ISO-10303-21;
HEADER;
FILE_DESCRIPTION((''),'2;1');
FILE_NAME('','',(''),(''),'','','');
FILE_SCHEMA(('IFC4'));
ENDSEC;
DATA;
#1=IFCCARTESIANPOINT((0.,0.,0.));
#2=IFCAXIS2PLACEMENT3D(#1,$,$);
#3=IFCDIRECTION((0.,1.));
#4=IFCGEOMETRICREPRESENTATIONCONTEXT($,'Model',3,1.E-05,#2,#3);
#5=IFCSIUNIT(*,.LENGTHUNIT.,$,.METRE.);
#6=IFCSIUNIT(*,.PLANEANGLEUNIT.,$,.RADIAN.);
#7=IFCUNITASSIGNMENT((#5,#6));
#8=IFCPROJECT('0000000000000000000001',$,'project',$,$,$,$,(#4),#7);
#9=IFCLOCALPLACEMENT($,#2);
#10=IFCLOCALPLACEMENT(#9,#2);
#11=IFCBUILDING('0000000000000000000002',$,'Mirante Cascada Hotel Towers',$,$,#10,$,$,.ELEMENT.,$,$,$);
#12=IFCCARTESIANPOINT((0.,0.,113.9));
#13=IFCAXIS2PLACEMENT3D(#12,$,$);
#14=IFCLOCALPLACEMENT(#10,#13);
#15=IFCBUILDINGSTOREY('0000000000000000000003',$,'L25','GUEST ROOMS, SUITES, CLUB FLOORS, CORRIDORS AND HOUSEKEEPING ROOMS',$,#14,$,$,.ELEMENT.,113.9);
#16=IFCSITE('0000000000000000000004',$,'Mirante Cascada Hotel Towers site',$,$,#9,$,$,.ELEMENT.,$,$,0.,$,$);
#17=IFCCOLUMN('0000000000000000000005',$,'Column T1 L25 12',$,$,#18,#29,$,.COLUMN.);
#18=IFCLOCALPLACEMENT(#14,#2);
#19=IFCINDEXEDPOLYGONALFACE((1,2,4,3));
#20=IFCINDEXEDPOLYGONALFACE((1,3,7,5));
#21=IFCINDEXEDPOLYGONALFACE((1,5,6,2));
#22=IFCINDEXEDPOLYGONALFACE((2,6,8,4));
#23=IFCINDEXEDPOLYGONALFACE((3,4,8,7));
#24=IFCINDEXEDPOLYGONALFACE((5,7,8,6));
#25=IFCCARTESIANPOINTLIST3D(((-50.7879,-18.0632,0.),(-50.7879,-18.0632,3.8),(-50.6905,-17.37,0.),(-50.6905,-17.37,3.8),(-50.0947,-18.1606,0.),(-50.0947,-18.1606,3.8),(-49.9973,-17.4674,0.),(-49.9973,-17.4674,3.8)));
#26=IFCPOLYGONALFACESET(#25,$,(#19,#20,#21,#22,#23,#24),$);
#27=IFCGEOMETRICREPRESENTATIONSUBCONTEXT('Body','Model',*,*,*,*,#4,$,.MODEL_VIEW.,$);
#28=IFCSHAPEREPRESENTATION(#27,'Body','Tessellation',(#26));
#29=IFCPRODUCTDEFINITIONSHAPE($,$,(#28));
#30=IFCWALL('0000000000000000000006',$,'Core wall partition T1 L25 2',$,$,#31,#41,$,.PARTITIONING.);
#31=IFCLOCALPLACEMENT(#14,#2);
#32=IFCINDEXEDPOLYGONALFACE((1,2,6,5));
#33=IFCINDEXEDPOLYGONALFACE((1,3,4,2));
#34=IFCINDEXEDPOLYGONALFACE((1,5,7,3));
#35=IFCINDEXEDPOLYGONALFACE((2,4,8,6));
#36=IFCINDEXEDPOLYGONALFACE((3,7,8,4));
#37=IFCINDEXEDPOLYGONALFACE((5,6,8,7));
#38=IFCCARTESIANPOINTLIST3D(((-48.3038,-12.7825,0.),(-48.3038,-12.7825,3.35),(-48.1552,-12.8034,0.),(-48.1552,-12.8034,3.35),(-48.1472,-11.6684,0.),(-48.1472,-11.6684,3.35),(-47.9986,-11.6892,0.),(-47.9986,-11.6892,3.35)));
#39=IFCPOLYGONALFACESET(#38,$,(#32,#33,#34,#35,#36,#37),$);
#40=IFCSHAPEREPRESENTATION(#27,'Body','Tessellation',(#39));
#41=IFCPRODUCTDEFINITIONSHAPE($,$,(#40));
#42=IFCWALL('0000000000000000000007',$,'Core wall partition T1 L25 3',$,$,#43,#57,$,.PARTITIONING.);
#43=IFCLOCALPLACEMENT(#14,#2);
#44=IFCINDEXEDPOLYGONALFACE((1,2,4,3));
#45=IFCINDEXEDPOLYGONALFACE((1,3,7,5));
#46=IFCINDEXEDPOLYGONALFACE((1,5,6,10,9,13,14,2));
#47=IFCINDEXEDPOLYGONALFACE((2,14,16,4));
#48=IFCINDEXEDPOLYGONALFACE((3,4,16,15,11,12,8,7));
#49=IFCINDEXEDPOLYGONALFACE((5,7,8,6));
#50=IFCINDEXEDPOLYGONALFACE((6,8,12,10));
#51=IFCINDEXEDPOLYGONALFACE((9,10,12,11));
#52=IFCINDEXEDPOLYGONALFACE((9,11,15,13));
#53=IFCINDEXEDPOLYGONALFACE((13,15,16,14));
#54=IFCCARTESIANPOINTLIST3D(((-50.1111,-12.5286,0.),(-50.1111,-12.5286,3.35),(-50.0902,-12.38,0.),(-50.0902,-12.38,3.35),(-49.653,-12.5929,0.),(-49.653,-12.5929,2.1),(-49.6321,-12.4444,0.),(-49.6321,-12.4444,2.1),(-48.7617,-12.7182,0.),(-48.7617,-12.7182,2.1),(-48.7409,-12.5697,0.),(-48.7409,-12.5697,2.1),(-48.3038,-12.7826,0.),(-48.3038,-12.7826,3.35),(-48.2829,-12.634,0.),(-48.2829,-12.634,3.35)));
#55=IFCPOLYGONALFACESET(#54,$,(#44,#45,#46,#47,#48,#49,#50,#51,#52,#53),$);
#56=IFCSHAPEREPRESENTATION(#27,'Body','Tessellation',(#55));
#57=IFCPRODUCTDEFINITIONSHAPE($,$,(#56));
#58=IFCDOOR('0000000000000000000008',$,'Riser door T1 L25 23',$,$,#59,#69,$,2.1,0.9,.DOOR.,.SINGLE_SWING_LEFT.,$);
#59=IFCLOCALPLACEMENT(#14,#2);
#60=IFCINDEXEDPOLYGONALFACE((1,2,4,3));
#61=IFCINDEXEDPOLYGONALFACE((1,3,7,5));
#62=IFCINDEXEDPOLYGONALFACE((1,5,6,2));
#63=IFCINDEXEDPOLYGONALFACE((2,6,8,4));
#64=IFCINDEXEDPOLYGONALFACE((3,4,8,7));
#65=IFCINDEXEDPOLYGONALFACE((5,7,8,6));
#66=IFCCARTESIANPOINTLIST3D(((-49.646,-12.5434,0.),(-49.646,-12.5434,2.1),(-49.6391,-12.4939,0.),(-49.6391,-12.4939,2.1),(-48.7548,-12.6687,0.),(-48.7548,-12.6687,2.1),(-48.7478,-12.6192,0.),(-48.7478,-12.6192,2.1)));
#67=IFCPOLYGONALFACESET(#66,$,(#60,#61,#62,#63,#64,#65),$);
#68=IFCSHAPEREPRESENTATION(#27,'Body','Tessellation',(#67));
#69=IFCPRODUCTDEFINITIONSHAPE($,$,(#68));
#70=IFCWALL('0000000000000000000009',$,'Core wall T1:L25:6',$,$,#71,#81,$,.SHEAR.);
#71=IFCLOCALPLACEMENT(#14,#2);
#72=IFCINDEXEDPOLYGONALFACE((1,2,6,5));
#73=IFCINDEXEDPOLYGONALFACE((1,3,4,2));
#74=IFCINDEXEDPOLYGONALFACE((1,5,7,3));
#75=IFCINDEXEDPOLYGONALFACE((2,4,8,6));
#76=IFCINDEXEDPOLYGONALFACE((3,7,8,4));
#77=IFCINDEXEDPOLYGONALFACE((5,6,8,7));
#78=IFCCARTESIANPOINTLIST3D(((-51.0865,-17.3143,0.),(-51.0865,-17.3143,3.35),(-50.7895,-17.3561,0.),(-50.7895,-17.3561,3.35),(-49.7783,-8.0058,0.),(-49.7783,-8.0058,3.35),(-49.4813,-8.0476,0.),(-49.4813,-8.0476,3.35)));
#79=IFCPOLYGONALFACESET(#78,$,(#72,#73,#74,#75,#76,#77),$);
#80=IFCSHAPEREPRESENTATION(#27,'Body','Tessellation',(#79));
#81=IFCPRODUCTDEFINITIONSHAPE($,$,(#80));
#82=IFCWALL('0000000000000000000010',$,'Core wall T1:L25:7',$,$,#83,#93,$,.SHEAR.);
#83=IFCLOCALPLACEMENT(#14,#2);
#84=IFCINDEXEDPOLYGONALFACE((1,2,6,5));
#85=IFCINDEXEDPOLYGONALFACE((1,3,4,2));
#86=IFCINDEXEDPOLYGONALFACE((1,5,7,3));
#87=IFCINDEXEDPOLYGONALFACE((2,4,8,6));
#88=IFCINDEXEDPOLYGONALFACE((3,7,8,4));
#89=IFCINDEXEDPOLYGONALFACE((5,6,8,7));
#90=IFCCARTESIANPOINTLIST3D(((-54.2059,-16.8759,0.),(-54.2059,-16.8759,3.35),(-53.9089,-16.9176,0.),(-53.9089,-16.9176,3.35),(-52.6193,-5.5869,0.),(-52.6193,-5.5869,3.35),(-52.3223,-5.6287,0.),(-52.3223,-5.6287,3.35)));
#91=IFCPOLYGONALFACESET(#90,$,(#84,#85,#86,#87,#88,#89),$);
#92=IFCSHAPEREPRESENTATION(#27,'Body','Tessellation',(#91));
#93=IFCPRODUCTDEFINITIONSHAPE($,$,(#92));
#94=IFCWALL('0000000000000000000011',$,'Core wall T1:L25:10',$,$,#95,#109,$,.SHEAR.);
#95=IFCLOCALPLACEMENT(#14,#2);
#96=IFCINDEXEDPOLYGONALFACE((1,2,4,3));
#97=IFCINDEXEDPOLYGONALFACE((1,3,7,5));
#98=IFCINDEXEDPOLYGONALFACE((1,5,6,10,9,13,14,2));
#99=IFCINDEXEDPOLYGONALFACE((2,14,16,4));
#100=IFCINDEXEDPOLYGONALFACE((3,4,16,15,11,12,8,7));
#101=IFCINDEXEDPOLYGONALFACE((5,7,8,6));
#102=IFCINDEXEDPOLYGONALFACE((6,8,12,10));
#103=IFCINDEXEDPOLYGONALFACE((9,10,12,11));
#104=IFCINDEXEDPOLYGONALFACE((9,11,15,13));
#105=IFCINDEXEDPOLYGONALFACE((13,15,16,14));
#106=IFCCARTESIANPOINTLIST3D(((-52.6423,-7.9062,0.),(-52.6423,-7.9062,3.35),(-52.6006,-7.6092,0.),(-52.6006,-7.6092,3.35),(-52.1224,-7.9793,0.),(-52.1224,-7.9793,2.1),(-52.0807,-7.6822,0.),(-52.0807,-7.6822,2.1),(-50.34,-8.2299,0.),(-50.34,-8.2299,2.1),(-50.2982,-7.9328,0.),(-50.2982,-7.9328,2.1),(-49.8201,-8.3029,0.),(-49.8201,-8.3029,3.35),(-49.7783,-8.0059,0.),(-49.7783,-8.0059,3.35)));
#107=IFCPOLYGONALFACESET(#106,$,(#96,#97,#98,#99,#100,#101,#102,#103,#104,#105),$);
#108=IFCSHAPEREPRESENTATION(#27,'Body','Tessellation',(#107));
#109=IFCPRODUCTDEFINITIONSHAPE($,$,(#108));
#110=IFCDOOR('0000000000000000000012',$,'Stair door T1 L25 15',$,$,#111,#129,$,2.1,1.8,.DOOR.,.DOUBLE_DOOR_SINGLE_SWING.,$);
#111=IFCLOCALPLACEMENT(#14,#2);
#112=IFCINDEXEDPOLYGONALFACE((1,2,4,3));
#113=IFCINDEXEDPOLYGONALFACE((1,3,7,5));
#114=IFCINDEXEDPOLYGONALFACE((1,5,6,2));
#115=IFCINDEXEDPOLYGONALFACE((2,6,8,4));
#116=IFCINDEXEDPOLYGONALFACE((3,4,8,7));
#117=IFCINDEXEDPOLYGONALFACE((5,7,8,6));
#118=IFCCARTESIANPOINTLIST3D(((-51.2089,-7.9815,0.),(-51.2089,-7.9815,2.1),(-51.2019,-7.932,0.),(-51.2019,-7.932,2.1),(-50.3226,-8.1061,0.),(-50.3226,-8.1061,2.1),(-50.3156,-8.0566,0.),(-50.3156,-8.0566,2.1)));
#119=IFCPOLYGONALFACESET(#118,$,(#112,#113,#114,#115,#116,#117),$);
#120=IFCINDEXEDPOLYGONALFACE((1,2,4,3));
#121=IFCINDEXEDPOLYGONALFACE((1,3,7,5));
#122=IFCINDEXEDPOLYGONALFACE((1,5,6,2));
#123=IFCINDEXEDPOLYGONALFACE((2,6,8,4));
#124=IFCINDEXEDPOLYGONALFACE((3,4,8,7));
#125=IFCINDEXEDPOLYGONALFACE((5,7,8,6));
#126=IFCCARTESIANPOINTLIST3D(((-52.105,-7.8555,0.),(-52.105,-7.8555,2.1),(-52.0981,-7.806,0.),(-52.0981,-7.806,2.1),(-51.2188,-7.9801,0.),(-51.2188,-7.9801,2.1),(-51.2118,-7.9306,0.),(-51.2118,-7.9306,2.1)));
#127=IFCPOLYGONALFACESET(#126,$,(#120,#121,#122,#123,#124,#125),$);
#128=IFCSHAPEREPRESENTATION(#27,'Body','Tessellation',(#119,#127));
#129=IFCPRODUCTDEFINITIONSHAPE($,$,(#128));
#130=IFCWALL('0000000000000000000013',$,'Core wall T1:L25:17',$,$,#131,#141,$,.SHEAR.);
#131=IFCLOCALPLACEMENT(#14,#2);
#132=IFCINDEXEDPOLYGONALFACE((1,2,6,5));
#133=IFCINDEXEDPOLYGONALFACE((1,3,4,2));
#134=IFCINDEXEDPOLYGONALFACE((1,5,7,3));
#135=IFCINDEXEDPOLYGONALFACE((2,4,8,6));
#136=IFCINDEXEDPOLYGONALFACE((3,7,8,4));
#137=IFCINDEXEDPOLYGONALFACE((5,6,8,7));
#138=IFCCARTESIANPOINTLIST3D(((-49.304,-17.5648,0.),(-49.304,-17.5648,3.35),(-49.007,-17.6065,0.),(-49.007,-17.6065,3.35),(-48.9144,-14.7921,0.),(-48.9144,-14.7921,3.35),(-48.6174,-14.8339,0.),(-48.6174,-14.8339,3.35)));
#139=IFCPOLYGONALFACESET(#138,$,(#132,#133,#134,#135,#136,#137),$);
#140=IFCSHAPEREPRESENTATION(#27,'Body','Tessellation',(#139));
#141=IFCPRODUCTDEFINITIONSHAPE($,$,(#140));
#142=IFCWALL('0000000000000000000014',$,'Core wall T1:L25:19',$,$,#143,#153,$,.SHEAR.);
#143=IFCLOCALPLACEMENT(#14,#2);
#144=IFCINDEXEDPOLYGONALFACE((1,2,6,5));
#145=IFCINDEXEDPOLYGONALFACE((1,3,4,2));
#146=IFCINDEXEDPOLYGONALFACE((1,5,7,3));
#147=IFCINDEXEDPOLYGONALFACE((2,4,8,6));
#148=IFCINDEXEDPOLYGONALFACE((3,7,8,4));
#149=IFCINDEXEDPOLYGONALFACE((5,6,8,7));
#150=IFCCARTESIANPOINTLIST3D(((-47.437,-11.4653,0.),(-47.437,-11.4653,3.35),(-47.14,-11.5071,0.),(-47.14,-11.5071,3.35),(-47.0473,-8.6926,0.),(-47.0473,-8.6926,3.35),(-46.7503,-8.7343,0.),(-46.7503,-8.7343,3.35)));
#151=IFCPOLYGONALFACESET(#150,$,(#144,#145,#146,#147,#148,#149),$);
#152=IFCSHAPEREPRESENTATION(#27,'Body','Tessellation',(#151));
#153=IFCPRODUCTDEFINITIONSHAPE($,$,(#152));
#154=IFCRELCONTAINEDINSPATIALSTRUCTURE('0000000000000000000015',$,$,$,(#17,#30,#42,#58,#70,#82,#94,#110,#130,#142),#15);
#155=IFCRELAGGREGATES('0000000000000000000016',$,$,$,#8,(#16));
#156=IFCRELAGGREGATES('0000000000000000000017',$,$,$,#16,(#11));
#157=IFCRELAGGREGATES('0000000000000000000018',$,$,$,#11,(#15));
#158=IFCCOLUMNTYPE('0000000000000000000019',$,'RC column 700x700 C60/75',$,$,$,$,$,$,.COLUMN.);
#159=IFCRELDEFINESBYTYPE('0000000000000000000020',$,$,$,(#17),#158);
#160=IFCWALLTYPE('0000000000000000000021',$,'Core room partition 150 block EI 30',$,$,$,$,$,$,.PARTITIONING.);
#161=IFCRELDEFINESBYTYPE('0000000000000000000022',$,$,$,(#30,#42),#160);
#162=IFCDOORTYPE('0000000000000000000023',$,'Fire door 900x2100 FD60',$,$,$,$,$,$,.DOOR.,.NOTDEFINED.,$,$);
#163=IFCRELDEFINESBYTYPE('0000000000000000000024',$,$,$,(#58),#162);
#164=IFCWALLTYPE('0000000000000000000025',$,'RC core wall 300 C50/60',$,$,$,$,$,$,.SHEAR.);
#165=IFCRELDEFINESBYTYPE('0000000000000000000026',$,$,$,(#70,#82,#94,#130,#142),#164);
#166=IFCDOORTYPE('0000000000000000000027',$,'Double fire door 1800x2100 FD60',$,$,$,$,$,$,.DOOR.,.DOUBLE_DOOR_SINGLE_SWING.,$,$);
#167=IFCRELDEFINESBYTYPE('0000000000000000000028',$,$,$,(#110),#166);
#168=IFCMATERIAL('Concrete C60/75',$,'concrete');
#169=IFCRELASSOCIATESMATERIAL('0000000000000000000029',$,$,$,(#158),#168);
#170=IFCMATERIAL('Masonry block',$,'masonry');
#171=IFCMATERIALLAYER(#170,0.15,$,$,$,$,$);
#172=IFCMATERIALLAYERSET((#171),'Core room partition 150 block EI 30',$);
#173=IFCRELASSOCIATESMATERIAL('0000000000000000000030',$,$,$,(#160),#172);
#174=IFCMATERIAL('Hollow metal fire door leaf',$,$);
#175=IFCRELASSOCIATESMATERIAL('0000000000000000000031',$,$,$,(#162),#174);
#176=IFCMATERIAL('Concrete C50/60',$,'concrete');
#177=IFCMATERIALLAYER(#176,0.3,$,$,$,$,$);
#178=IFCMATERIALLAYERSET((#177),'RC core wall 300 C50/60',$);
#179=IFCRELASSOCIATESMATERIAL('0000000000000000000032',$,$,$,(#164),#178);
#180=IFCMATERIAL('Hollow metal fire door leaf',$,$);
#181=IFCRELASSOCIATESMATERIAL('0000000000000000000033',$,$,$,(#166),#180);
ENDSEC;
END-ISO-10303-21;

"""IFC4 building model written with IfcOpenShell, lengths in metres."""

from ifc_helpers import new_model, si_unit, direction, frame, frame_2d, origin, origin_2d, place, context, subcontext, project, spatial, rectangle, extrude, material, layer, layer_set, material_profile, profile_set, type_object, element, fill, save


model = new_model("IFC4")

# Units and contexts
model_context = context("Model", 3, precision=1e-05, world=origin(), true_north=direction((0.0, 1.0)))
body_context = subcontext(model_context, "Body", "Model", "MODEL_VIEW")
ifc_project = project(units=[si_unit("LENGTHUNIT", "METRE"), si_unit("PLANEANGLEUNIT", "RADIAN")], contexts=[model_context])

# Site, building, storey
site_placement = place(None, origin())
site = spatial("IfcSite", under=ifc_project, at=site_placement, Name="Mirante Cascada Hotel Towers site", CompositionType="ELEMENT", RefElevation=0.0)
building_placement = place(site_placement, origin())
building = spatial("IfcBuilding", under=site, at=building_placement, Name="Mirante Cascada Hotel Towers", CompositionType="ELEMENT")
storey_placement = place(building_placement, frame((0.0, 0.0, 113.9)))
storey = spatial("IfcBuildingStorey", under=building, at=storey_placement, Name="L25", Description="GUEST ROOMS, SUITES, CLUB FLOORS, CORRIDORS AND HOUSEKEEPING ROOMS", CompositionType="ELEMENT", Elevation=113.9)

# Column
ifc_material_1 = material(Name="Concrete C60/75", Category="concrete")
ifc_material_profile = material_profile(ifc_material_1, rectangle(XDim=0.7, YDim=0.7, at=origin_2d()), Name="RC column 700x700 C60/75")
ifc_profile_set = profile_set([ifc_material_profile], Name="Concrete C60/75")
column_type = type_object("IfcColumnType", Name="RC column 700x700 C60/75", PredefinedType="COLUMN", material=ifc_profile_set)
column_placement = place(storey_placement, frame((-50.3926, -17.7653, 0.0), z_axis=(0.0, 0.0, 1.0), x_axis=(-0.990268, 0.139173, 0.0)))
element("IfcColumn", 1, at=column_placement, inside=storey, type_object=column_type, Name="Column T1 L25 12", PredefinedType="COLUMN", context=body_context, shape_type="SweptSolid", body=[
    extrude(rectangle(XDim=0.7, YDim=0.7, at=origin_2d()), origin(), (0.0, 0.0, 1.0), 3.8),
])

# Wall
ifc_material_2 = material(Name="Masonry block", Category="masonry")
ifc_layer_1 = layer(ifc_material_2, 0.15)
ifc_layer_set_1 = layer_set([ifc_layer_1], Name="Core room partition 150 block EI 30")
wall_type_1 = type_object("IfcWallType", Name="Core room partition 150 block EI 30", PredefinedType="PARTITIONING", material=ifc_layer_set_1)
wall_1_placement = place(storey_placement, frame((-48.2295, -12.793, 0.0), z_axis=(0.0, 0.0, 1.0), x_axis=(0.139193, 0.990265, 0.0)))
element("IfcWall", 2, at=wall_1_placement, inside=storey, type_object=wall_type_1, Name="Core wall partition T1 L25 2", PredefinedType="PARTITIONING", context=body_context, shape_type="SweptSolid", body=[
    extrude(rectangle(XDim=1.1251, YDim=0.15, at=frame_2d((0.5626, 0.0))), origin(), (0.0, 0.0, 1.0), 3.35),
])

# Wall, opening, door
wall_2_placement = place(storey_placement, frame((-48.2933, -12.7083, 0.0), z_axis=(0.0, 0.0, 1.0), x_axis=(-0.990268, 0.139173, 0.0)))
wall_2 = element("IfcWall", 3, at=wall_2_placement, inside=storey, type_object=wall_type_1, Name="Core wall partition T1 L25 3", PredefinedType="PARTITIONING", context=body_context, shape_type="SweptSolid", body=[
    extrude(rectangle(XDim=1.8251, YDim=0.15, at=frame_2d((0.9126, 0.0))), origin(), (0.0, 0.0, 1.0), 3.35),
])
opening_1_placement = place(wall_2_placement, frame((0.4625, 0.0, 0.0)))
opening_1 = element("IfcOpeningElement", 4, at=opening_1_placement, cuts=wall_2, PredefinedType="OPENING", context=body_context, shape_type="SweptSolid", body=[
    extrude(rectangle(XDim=0.9, YDim=2.1, at=frame_2d((0.45, 1.05))), frame((0.0, 0.075, 0.0), z_axis=(0.0, -1.0, 0.0), x_axis=(1.0, 0.0, 0.0)), (0.0, 0.0, 1.0), 0.15),
])
ifc_material_3 = material(Name="Hollow metal fire door leaf")
door_type_1 = type_object("IfcDoorType", Name="Fire door 900x2100 FD60", OperationType="NOTDEFINED", PredefinedType="DOOR", material=ifc_material_3)
door_1_placement = place(opening_1_placement, origin())
door_1 = element("IfcDoor", 5, at=door_1_placement, inside=storey, type_object=door_type_1, Name="Riser door T1 L25 23", OperationType="SINGLE_SWING_LEFT", OverallHeight=2.1, OverallWidth=0.9, PredefinedType="DOOR", context=body_context, shape_type="SweptSolid", body=[
    extrude(rectangle(XDim=0.9, YDim=2.1, at=frame_2d((0.45, 1.05))), frame((0.0, 0.025, 0.0), z_axis=(0.0, -1.0, 0.0), x_axis=(1.0, 0.0, 0.0)), (0.0, 0.0, 1.0), 0.05),
])
fill(opening_1, door_1)

# Walls
ifc_material_4 = material(Name="Concrete C50/60", Category="concrete")
ifc_layer_2 = layer(ifc_material_4, 0.3)
ifc_layer_set_2 = layer_set([ifc_layer_2], Name="RC core wall 300 C50/60")
wall_type_2 = type_object("IfcWallType", Name="RC core wall 300 C50/60", PredefinedType="SHEAR", material=ifc_layer_set_2)
wall_3_placement = place(storey_placement, frame((-50.938, -17.3352, 0.0), z_axis=(0.0, 0.0, 1.0), x_axis=(0.139171, 0.990268, 0.0)))
element("IfcWall", 6, at=wall_3_placement, inside=storey, type_object=wall_type_2, Name="Core wall T1:L25:6", PredefinedType="SHEAR", context=body_context, shape_type="SweptSolid", body=[
    extrude(rectangle(XDim=9.4, YDim=0.3, at=frame_2d((4.7, 0.0))), origin(), (0.0, 0.0, 1.0), 3.35),
])
wall_4_placement = place(storey_placement, frame((-54.0574, -16.8968, 0.0), z_axis=(0.0, 0.0, 1.0), x_axis=(0.139176, 0.990268, 0.0)))
element("IfcWall", 7, at=wall_4_placement, inside=storey, type_object=wall_type_2, Name="Core wall T1:L25:7", PredefinedType="SHEAR", context=body_context, shape_type="SweptSolid", body=[
    extrude(rectangle(XDim=11.3999, YDim=0.3, at=frame_2d((5.7, 0.0))), origin(), (0.0, 0.0, 1.0), 3.35),
])

# Wall, opening, door
wall_5_placement = place(storey_placement, frame((-49.7992, -8.1544, 0.0), z_axis=(0.0, 0.0, 1.0), x_axis=(-0.990266, 0.139191, 0.0)))
wall_5 = element("IfcWall", 8, at=wall_5_placement, inside=storey, type_object=wall_type_2, Name="Core wall T1:L25:10", PredefinedType="SHEAR", context=body_context, shape_type="SweptSolid", body=[
    extrude(rectangle(XDim=2.85, YDim=0.3, at=frame_2d((1.425, 0.0))), origin(), (0.0, 0.0, 1.0), 3.35),
])
opening_2_placement = place(wall_5_placement, frame((0.525, 0.0, 0.0)))
opening_2 = element("IfcOpeningElement", 9, at=opening_2_placement, cuts=wall_5, PredefinedType="OPENING", context=body_context, shape_type="SweptSolid", body=[
    extrude(rectangle(XDim=1.8, YDim=2.1, at=frame_2d((0.9, 1.05))), frame((0.0, 0.15, 0.0), z_axis=(0.0, -1.0, 0.0), x_axis=(1.0, 0.0, 0.0)), (0.0, 0.0, 1.0), 0.3),
])
ifc_material_5 = material(Name="Hollow metal fire door leaf")
door_type_2 = type_object("IfcDoorType", Name="Double fire door 1800x2100 FD60", OperationType="DOUBLE_DOOR_SINGLE_SWING", PredefinedType="DOOR", material=ifc_material_5)
door_2_placement = place(opening_2_placement, origin())
door_2 = element("IfcDoor", 10, at=door_2_placement, inside=storey, type_object=door_type_2, Name="Stair door T1 L25 15", OperationType="DOUBLE_DOOR_SINGLE_SWING", OverallHeight=2.1, OverallWidth=1.8, PredefinedType="DOOR", context=body_context, shape_type="SweptSolid", body=[
    extrude(rectangle(XDim=0.895, YDim=2.1, at=frame_2d((0.4475, 1.05))), frame((0.0, 0.025, 0.0), z_axis=(0.0, -1.0, 0.0), x_axis=(1.0, 0.0, 0.0)), (0.0, 0.0, 1.0), 0.05),
    extrude(rectangle(XDim=0.895, YDim=2.1, at=frame_2d((1.3525, 1.05))), frame((0.0, 0.025, 0.0), z_axis=(0.0, -1.0, 0.0), x_axis=(1.0, 0.0, 0.0)), (0.0, 0.0, 1.0), 0.05),
])
fill(opening_2, door_2)

# Walls
wall_6_placement = place(storey_placement, frame((-49.1555, -17.5857, 0.0), z_axis=(0.0, 0.0, 1.0), x_axis=(0.139146, 0.990272, 0.0)))
element("IfcWall", 11, at=wall_6_placement, inside=storey, type_object=wall_type_2, Name="Core wall T1:L25:17", PredefinedType="SHEAR", context=body_context, shape_type="SweptSolid", body=[
    extrude(rectangle(XDim=2.7999, YDim=0.3, at=frame_2d((1.4, 0.0))), origin(), (0.0, 0.0, 1.0), 3.35),
])
wall_7_placement = place(storey_placement, frame((-47.2885, -11.4862, 0.0), z_axis=(0.0, 0.0, 1.0), x_axis=(0.139181, 0.990267, 0.0)))
element("IfcWall", 12, at=wall_7_placement, inside=storey, type_object=wall_type_2, Name="Core wall T1:L25:19", PredefinedType="SHEAR", context=body_context, shape_type="SweptSolid", body=[
    extrude(rectangle(XDim=2.8, YDim=0.3, at=frame_2d((1.4, 0.0))), origin(), (0.0, 0.0, 1.0), 3.35),
])

save(model, "model.ifc")
